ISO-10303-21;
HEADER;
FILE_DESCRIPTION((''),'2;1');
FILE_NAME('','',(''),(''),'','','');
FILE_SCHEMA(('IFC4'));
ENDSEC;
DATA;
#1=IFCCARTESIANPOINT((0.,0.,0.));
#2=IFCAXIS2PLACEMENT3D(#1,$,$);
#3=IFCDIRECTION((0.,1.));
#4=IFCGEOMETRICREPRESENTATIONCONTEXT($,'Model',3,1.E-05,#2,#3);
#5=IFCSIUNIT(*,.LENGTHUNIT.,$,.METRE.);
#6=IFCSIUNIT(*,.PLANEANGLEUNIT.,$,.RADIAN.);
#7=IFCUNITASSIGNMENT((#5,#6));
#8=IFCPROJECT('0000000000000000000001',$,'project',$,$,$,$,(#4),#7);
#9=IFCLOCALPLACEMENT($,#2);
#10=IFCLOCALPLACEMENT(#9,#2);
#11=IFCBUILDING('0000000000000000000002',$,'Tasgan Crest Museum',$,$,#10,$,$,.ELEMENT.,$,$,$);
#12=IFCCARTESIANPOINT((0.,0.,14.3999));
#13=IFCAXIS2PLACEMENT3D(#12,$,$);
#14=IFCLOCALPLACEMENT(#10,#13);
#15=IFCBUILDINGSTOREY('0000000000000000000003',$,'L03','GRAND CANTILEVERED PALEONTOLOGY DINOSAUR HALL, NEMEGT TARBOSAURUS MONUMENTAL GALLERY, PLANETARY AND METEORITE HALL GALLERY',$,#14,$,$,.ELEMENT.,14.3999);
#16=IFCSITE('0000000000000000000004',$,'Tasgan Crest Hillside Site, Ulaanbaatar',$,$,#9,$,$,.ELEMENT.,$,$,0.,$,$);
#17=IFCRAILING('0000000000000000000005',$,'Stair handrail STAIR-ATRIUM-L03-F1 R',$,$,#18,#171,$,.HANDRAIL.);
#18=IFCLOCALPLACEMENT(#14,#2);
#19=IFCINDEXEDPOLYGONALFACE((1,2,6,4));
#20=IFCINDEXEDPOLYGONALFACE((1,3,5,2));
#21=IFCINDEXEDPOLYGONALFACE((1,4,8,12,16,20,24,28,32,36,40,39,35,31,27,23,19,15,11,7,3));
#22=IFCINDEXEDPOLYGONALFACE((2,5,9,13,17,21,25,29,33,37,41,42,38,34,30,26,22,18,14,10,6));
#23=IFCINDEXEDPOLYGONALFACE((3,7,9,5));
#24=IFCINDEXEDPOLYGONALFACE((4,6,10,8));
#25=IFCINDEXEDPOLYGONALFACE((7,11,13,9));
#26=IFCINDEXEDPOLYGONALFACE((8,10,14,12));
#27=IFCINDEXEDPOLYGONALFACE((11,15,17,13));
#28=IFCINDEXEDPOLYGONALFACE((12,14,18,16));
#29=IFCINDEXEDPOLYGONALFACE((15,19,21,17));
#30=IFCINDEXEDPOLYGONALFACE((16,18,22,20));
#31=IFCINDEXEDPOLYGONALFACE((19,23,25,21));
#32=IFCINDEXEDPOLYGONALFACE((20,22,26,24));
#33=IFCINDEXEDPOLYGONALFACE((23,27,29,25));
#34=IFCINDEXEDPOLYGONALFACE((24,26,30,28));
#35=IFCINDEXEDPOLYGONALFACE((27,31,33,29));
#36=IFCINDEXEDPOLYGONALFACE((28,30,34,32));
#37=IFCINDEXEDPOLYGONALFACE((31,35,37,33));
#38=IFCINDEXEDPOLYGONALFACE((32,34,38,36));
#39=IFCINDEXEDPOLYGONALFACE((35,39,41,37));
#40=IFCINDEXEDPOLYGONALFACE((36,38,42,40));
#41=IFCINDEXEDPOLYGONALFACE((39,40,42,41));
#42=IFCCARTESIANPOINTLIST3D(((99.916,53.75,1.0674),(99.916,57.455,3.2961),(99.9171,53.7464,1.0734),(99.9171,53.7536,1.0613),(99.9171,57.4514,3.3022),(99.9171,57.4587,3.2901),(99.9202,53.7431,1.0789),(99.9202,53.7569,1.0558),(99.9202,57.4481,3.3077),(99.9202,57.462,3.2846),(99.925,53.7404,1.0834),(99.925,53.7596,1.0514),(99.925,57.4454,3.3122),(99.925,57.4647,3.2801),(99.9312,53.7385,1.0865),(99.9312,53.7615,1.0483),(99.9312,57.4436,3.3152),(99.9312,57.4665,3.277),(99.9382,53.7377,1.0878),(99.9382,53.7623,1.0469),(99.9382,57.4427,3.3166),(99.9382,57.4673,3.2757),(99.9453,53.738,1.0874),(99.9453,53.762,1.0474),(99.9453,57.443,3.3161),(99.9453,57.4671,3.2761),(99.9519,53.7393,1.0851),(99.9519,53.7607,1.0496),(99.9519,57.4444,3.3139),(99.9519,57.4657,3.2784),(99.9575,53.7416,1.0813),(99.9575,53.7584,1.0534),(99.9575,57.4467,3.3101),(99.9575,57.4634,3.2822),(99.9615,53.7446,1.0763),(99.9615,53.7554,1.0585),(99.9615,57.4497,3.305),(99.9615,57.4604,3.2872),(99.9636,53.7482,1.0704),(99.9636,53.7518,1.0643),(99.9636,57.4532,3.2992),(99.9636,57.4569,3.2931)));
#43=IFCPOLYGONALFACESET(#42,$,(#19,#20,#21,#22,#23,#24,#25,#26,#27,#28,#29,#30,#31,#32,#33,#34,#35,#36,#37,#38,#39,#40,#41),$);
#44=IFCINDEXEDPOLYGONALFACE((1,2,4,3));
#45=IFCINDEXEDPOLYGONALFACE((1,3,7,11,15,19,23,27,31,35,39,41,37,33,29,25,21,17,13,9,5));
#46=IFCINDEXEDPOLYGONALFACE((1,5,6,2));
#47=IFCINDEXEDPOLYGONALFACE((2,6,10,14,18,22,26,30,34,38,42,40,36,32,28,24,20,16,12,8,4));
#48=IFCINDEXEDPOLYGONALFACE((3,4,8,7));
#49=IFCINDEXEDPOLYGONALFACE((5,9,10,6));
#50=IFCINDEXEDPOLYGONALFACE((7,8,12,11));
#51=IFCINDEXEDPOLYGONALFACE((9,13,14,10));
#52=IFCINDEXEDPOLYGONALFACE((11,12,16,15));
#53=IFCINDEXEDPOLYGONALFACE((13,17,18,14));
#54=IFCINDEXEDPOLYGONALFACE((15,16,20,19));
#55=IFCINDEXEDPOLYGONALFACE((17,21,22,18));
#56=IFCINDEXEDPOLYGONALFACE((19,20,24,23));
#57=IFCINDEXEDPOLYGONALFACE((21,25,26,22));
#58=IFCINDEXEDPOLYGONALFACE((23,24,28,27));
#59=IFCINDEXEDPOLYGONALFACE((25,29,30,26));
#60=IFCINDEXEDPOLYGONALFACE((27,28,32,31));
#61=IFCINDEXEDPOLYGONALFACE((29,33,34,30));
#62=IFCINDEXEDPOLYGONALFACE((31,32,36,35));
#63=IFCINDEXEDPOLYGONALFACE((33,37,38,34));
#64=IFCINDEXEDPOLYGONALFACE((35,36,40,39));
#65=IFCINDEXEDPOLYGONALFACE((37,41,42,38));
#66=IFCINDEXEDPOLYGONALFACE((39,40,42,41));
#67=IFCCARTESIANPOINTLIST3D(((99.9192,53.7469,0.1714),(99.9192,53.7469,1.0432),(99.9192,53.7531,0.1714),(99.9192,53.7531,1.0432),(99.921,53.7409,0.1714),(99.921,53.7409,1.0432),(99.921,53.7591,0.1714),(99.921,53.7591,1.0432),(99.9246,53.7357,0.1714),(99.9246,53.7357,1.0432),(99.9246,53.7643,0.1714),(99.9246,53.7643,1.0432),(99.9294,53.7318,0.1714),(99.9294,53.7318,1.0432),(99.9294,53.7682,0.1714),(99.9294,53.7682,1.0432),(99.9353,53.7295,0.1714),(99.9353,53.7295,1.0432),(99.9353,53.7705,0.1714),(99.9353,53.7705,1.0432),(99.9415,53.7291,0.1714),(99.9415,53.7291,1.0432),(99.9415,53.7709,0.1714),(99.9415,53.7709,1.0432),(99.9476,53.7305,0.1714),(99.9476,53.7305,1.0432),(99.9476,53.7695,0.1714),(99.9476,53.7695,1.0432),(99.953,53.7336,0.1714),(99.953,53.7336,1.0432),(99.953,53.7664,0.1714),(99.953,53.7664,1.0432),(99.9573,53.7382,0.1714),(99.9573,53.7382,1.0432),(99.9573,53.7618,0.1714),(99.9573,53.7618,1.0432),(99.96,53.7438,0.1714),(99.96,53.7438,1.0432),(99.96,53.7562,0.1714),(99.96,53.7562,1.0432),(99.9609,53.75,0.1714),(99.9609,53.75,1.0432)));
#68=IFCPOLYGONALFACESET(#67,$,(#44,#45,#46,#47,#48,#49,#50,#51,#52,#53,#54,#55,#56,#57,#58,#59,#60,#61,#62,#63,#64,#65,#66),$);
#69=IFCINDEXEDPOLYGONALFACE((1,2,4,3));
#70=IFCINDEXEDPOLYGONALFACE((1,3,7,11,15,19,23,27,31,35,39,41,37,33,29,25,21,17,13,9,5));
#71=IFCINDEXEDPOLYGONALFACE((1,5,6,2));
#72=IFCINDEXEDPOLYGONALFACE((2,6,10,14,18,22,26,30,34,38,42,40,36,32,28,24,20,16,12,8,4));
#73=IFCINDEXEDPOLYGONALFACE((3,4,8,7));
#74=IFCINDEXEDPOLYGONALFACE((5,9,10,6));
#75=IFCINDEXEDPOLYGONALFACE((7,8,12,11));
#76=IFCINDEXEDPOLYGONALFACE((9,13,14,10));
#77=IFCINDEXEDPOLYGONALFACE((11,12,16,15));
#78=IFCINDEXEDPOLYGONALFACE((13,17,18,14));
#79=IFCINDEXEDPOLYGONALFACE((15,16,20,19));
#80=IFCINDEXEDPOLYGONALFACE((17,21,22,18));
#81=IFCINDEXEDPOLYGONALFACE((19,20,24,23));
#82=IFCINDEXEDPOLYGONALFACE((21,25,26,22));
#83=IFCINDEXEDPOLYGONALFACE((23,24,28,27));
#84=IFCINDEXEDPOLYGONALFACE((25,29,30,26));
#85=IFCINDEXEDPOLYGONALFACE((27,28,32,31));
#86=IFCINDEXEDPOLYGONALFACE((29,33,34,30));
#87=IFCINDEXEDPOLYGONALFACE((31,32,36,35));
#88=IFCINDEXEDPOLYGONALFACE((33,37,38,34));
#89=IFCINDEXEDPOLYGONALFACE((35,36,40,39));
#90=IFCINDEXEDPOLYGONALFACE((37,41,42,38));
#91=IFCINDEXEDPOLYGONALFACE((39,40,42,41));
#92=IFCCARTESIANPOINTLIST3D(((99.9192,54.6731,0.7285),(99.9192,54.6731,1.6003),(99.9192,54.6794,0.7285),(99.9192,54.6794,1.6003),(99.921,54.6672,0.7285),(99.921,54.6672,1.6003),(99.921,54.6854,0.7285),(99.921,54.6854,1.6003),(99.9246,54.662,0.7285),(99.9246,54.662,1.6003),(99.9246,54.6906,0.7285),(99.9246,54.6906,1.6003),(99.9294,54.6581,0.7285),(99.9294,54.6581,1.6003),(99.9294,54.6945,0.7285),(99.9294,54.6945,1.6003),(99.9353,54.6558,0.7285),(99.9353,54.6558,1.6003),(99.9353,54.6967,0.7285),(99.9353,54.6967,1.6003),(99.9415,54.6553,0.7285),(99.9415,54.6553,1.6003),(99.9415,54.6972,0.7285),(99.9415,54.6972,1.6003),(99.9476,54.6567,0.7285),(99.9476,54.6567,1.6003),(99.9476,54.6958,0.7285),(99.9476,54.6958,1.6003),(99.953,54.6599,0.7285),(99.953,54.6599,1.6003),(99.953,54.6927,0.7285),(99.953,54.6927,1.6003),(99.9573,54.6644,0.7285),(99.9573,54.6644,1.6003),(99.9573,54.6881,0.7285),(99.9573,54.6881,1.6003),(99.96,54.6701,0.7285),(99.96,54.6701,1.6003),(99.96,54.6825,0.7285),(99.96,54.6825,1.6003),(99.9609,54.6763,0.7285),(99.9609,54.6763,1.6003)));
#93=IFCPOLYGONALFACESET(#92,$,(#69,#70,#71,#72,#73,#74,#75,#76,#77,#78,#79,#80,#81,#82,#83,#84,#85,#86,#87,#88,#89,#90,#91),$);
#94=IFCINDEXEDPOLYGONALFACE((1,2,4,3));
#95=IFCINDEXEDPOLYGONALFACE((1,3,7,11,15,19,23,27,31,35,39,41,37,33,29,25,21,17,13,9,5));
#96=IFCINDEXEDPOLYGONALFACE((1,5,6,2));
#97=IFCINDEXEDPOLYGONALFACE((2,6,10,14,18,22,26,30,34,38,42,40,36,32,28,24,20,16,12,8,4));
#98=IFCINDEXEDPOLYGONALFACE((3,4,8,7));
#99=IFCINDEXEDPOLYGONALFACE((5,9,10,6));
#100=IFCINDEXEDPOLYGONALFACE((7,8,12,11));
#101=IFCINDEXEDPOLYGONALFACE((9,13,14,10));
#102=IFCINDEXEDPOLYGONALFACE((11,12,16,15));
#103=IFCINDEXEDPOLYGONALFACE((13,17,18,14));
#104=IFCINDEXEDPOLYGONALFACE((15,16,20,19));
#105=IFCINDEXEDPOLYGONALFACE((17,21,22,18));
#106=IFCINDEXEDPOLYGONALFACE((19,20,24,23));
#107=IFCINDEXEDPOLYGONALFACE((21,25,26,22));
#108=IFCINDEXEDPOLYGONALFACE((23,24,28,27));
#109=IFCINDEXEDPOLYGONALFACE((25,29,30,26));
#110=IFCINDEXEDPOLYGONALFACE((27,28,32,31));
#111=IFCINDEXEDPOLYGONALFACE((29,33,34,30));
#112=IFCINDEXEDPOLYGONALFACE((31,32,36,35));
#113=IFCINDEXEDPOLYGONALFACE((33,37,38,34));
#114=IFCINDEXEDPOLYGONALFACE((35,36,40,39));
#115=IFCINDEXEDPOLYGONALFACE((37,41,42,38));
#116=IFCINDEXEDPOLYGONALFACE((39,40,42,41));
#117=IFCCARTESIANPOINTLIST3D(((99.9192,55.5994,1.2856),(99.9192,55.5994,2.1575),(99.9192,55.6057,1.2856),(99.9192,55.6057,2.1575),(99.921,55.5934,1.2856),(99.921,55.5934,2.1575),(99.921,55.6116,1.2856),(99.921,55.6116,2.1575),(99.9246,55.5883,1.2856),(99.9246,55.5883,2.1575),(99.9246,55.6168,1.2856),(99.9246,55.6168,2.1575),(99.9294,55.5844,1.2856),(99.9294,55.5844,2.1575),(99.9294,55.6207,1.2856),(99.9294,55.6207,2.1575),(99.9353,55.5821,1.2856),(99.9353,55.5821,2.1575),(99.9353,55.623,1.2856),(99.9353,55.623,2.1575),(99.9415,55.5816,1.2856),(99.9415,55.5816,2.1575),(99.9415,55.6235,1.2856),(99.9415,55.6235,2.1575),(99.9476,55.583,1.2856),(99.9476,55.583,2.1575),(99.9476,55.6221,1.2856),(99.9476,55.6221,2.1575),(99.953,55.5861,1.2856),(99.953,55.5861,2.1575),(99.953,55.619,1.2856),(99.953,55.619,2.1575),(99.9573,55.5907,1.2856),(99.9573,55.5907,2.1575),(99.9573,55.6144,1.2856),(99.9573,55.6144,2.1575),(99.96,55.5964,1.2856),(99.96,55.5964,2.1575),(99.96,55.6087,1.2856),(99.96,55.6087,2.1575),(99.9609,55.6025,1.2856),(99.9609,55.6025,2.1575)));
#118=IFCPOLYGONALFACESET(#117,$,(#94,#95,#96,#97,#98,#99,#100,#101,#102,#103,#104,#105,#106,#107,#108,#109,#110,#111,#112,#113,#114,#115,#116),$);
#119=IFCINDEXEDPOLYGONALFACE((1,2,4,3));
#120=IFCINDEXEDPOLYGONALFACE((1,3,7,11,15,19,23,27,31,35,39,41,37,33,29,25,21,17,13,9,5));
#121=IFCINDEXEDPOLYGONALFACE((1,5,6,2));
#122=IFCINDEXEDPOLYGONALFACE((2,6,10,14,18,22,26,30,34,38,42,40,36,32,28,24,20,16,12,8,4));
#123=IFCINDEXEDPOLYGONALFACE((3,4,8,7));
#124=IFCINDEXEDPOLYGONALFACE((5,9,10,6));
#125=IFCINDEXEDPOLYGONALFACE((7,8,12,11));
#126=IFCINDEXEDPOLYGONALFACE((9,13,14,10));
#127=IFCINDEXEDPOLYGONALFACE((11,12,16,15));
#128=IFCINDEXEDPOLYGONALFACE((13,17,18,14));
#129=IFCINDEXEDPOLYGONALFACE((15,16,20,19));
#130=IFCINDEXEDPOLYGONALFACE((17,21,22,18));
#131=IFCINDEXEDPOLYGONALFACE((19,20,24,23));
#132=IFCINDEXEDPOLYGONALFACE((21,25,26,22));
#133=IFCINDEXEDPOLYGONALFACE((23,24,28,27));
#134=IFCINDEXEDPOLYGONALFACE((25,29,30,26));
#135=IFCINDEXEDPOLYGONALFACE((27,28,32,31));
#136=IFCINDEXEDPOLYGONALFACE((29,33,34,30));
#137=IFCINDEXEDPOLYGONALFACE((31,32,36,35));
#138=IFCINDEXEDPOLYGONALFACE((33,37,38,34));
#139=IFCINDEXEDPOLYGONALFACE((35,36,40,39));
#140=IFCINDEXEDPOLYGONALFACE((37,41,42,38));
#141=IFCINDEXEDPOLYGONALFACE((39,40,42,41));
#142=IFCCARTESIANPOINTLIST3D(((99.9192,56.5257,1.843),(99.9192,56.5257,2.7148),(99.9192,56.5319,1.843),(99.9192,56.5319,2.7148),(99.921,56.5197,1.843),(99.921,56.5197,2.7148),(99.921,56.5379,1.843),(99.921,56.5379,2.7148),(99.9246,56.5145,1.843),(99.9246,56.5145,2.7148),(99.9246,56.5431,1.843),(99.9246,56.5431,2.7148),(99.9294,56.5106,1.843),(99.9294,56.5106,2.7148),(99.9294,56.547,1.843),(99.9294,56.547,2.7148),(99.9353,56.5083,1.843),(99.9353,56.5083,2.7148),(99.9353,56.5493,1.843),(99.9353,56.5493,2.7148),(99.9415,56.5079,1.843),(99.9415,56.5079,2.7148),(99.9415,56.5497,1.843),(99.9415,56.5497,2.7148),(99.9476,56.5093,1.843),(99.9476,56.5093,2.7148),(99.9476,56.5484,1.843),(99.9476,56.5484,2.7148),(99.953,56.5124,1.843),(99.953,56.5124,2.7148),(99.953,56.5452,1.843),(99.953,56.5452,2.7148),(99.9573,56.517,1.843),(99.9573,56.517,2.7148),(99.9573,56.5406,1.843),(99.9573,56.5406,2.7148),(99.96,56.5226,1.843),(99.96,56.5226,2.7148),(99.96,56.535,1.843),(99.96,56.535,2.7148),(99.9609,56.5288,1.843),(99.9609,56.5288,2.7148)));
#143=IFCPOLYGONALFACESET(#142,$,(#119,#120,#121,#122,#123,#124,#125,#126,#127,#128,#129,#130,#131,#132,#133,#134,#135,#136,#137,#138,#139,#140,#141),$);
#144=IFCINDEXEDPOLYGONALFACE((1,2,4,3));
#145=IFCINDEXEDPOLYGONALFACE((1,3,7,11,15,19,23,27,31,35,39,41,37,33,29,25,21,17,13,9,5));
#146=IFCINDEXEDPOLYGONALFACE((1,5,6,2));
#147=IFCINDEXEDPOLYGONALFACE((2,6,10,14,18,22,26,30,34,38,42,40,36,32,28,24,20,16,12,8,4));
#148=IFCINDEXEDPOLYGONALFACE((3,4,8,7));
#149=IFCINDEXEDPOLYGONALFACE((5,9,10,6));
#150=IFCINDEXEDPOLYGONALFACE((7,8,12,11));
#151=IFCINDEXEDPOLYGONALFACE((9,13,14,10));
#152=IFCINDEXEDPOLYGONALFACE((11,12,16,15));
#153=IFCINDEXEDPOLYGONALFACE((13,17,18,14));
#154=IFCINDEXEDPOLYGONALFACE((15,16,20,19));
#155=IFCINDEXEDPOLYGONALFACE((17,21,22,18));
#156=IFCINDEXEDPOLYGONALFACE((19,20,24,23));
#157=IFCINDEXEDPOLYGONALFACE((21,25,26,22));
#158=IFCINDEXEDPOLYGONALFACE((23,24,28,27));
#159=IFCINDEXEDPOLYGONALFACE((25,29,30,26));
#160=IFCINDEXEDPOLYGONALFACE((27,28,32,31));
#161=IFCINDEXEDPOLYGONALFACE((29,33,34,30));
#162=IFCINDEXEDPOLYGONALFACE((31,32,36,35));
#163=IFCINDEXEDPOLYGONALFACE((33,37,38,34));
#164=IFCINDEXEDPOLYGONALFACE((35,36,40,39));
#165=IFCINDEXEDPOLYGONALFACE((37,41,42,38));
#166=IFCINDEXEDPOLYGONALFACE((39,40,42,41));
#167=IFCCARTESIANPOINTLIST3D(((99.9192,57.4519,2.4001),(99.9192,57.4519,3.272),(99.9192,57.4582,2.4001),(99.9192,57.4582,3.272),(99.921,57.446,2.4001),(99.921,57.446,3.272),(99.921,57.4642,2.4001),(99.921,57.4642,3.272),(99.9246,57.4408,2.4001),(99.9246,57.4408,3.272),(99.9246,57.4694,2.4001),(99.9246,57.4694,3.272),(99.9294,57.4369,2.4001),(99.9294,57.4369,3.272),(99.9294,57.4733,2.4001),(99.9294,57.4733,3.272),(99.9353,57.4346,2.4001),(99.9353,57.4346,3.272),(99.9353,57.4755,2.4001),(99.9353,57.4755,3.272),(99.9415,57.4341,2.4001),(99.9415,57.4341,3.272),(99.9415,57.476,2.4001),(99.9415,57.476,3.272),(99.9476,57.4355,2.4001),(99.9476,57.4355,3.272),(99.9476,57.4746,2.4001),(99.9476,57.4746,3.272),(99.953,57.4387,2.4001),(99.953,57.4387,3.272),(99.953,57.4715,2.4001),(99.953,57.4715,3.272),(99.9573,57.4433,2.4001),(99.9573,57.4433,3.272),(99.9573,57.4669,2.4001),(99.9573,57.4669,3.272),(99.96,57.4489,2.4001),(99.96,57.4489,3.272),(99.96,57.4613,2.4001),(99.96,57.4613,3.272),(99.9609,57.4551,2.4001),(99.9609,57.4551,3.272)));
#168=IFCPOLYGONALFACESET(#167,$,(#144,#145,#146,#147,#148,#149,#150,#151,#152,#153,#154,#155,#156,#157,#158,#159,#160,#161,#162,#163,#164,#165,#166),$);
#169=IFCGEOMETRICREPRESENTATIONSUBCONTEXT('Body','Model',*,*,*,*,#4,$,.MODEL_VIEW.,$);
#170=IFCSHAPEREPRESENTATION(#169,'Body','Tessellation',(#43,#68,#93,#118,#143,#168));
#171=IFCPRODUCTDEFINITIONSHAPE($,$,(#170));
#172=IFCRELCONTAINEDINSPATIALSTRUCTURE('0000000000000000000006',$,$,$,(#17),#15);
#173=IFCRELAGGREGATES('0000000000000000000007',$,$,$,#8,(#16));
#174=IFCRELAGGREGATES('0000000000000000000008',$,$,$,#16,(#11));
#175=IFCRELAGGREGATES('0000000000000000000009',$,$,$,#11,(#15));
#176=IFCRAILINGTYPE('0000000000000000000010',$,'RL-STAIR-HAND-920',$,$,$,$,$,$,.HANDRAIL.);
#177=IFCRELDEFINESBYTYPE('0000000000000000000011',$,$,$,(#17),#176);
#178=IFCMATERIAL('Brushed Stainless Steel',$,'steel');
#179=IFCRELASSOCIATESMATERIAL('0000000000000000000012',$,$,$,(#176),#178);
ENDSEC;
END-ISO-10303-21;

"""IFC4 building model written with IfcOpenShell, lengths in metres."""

from ifc_helpers import new_model, si_unit, direction, frame, origin, origin_2d, place, context, subcontext, project, spatial, circle, extrude, material, type_object, element, save


model = new_model("IFC4")

# Units and contexts
model_context = context("Model", 3, precision=1e-05, world=origin(), true_north=direction((0.0, 1.0)))
body_context = subcontext(model_context, "Body", "Model", "MODEL_VIEW")
ifc_project = project(units=[si_unit("LENGTHUNIT", "METRE"), si_unit("PLANEANGLEUNIT", "RADIAN")], contexts=[model_context])

# Site, building, storey
site_placement = place(None, origin())
site = spatial("IfcSite", under=ifc_project, at=site_placement, Name="Tasgan Crest Hillside Site, Ulaanbaatar", CompositionType="ELEMENT", RefElevation=0.0)
building_placement = place(site_placement, origin())
building = spatial("IfcBuilding", under=site, at=building_placement, Name="Tasgan Crest Museum", CompositionType="ELEMENT")
storey_placement = place(building_placement, frame((0.0, 0.0, 14.3999)))
storey = spatial("IfcBuildingStorey", under=building, at=storey_placement, Name="L03", Description="GRAND CANTILEVERED PALEONTOLOGY DINOSAUR HALL, NEMEGT TARBOSAURUS MONUMENTAL GALLERY, PLANETARY AND METEORITE HALL GALLERY", CompositionType="ELEMENT", Elevation=14.3999)

# Railing
ifc_material_1 = material(Name="Brushed Stainless Steel", Category="steel")
railing_type_1 = type_object("IfcRailingType", Name="RL-STAIR-HAND-920", PredefinedType="HANDRAIL", material=ifc_material_1)
for number, where, name in (
    (1, (99.9399, 53.75, 0.1714), "Stair handrail STAIR-ATRIUM-L03-F1 R"),
):
    element("IfcRailing", number, at=place(storey_placement, frame(where)), inside=storey, type_object=railing_type_1, Name=name, PredefinedType="HANDRAIL", context=body_context, shape_type="SweptSolid", body=[
        extrude(circle(Radius=0.0239, at=origin_2d()), frame((0.0, 0.0, 0.896), z_axis=(0.0, 0.856909, 0.515467), x_axis=(-1.0, 0.0, 0.0)), (0.0, 0.0, 1.0), 4.3237),
        extrude(circle(Radius=0.021, at=origin_2d()), origin(), (0.0, 0.0, 1.0), 0.8718),
        extrude(circle(Radius=0.021, at=origin_2d()), frame((0.0, 0.9263, 0.5571)), (0.0, 0.0, 1.0), 0.8718),
        extrude(circle(Radius=0.021, at=origin_2d()), frame((0.0, 1.8525, 1.1143)), (0.0, 0.0, 1.0), 0.8718),
        extrude(circle(Radius=0.021, at=origin_2d()), frame((0.0, 2.7788, 1.6716)), (0.0, 0.0, 1.0), 0.8718),
        extrude(circle(Radius=0.021, at=origin_2d()), frame((0.0, 3.7051, 2.2288)), (0.0, 0.0, 1.0), 0.8718),
    ])

save(model, "model.ifc")
